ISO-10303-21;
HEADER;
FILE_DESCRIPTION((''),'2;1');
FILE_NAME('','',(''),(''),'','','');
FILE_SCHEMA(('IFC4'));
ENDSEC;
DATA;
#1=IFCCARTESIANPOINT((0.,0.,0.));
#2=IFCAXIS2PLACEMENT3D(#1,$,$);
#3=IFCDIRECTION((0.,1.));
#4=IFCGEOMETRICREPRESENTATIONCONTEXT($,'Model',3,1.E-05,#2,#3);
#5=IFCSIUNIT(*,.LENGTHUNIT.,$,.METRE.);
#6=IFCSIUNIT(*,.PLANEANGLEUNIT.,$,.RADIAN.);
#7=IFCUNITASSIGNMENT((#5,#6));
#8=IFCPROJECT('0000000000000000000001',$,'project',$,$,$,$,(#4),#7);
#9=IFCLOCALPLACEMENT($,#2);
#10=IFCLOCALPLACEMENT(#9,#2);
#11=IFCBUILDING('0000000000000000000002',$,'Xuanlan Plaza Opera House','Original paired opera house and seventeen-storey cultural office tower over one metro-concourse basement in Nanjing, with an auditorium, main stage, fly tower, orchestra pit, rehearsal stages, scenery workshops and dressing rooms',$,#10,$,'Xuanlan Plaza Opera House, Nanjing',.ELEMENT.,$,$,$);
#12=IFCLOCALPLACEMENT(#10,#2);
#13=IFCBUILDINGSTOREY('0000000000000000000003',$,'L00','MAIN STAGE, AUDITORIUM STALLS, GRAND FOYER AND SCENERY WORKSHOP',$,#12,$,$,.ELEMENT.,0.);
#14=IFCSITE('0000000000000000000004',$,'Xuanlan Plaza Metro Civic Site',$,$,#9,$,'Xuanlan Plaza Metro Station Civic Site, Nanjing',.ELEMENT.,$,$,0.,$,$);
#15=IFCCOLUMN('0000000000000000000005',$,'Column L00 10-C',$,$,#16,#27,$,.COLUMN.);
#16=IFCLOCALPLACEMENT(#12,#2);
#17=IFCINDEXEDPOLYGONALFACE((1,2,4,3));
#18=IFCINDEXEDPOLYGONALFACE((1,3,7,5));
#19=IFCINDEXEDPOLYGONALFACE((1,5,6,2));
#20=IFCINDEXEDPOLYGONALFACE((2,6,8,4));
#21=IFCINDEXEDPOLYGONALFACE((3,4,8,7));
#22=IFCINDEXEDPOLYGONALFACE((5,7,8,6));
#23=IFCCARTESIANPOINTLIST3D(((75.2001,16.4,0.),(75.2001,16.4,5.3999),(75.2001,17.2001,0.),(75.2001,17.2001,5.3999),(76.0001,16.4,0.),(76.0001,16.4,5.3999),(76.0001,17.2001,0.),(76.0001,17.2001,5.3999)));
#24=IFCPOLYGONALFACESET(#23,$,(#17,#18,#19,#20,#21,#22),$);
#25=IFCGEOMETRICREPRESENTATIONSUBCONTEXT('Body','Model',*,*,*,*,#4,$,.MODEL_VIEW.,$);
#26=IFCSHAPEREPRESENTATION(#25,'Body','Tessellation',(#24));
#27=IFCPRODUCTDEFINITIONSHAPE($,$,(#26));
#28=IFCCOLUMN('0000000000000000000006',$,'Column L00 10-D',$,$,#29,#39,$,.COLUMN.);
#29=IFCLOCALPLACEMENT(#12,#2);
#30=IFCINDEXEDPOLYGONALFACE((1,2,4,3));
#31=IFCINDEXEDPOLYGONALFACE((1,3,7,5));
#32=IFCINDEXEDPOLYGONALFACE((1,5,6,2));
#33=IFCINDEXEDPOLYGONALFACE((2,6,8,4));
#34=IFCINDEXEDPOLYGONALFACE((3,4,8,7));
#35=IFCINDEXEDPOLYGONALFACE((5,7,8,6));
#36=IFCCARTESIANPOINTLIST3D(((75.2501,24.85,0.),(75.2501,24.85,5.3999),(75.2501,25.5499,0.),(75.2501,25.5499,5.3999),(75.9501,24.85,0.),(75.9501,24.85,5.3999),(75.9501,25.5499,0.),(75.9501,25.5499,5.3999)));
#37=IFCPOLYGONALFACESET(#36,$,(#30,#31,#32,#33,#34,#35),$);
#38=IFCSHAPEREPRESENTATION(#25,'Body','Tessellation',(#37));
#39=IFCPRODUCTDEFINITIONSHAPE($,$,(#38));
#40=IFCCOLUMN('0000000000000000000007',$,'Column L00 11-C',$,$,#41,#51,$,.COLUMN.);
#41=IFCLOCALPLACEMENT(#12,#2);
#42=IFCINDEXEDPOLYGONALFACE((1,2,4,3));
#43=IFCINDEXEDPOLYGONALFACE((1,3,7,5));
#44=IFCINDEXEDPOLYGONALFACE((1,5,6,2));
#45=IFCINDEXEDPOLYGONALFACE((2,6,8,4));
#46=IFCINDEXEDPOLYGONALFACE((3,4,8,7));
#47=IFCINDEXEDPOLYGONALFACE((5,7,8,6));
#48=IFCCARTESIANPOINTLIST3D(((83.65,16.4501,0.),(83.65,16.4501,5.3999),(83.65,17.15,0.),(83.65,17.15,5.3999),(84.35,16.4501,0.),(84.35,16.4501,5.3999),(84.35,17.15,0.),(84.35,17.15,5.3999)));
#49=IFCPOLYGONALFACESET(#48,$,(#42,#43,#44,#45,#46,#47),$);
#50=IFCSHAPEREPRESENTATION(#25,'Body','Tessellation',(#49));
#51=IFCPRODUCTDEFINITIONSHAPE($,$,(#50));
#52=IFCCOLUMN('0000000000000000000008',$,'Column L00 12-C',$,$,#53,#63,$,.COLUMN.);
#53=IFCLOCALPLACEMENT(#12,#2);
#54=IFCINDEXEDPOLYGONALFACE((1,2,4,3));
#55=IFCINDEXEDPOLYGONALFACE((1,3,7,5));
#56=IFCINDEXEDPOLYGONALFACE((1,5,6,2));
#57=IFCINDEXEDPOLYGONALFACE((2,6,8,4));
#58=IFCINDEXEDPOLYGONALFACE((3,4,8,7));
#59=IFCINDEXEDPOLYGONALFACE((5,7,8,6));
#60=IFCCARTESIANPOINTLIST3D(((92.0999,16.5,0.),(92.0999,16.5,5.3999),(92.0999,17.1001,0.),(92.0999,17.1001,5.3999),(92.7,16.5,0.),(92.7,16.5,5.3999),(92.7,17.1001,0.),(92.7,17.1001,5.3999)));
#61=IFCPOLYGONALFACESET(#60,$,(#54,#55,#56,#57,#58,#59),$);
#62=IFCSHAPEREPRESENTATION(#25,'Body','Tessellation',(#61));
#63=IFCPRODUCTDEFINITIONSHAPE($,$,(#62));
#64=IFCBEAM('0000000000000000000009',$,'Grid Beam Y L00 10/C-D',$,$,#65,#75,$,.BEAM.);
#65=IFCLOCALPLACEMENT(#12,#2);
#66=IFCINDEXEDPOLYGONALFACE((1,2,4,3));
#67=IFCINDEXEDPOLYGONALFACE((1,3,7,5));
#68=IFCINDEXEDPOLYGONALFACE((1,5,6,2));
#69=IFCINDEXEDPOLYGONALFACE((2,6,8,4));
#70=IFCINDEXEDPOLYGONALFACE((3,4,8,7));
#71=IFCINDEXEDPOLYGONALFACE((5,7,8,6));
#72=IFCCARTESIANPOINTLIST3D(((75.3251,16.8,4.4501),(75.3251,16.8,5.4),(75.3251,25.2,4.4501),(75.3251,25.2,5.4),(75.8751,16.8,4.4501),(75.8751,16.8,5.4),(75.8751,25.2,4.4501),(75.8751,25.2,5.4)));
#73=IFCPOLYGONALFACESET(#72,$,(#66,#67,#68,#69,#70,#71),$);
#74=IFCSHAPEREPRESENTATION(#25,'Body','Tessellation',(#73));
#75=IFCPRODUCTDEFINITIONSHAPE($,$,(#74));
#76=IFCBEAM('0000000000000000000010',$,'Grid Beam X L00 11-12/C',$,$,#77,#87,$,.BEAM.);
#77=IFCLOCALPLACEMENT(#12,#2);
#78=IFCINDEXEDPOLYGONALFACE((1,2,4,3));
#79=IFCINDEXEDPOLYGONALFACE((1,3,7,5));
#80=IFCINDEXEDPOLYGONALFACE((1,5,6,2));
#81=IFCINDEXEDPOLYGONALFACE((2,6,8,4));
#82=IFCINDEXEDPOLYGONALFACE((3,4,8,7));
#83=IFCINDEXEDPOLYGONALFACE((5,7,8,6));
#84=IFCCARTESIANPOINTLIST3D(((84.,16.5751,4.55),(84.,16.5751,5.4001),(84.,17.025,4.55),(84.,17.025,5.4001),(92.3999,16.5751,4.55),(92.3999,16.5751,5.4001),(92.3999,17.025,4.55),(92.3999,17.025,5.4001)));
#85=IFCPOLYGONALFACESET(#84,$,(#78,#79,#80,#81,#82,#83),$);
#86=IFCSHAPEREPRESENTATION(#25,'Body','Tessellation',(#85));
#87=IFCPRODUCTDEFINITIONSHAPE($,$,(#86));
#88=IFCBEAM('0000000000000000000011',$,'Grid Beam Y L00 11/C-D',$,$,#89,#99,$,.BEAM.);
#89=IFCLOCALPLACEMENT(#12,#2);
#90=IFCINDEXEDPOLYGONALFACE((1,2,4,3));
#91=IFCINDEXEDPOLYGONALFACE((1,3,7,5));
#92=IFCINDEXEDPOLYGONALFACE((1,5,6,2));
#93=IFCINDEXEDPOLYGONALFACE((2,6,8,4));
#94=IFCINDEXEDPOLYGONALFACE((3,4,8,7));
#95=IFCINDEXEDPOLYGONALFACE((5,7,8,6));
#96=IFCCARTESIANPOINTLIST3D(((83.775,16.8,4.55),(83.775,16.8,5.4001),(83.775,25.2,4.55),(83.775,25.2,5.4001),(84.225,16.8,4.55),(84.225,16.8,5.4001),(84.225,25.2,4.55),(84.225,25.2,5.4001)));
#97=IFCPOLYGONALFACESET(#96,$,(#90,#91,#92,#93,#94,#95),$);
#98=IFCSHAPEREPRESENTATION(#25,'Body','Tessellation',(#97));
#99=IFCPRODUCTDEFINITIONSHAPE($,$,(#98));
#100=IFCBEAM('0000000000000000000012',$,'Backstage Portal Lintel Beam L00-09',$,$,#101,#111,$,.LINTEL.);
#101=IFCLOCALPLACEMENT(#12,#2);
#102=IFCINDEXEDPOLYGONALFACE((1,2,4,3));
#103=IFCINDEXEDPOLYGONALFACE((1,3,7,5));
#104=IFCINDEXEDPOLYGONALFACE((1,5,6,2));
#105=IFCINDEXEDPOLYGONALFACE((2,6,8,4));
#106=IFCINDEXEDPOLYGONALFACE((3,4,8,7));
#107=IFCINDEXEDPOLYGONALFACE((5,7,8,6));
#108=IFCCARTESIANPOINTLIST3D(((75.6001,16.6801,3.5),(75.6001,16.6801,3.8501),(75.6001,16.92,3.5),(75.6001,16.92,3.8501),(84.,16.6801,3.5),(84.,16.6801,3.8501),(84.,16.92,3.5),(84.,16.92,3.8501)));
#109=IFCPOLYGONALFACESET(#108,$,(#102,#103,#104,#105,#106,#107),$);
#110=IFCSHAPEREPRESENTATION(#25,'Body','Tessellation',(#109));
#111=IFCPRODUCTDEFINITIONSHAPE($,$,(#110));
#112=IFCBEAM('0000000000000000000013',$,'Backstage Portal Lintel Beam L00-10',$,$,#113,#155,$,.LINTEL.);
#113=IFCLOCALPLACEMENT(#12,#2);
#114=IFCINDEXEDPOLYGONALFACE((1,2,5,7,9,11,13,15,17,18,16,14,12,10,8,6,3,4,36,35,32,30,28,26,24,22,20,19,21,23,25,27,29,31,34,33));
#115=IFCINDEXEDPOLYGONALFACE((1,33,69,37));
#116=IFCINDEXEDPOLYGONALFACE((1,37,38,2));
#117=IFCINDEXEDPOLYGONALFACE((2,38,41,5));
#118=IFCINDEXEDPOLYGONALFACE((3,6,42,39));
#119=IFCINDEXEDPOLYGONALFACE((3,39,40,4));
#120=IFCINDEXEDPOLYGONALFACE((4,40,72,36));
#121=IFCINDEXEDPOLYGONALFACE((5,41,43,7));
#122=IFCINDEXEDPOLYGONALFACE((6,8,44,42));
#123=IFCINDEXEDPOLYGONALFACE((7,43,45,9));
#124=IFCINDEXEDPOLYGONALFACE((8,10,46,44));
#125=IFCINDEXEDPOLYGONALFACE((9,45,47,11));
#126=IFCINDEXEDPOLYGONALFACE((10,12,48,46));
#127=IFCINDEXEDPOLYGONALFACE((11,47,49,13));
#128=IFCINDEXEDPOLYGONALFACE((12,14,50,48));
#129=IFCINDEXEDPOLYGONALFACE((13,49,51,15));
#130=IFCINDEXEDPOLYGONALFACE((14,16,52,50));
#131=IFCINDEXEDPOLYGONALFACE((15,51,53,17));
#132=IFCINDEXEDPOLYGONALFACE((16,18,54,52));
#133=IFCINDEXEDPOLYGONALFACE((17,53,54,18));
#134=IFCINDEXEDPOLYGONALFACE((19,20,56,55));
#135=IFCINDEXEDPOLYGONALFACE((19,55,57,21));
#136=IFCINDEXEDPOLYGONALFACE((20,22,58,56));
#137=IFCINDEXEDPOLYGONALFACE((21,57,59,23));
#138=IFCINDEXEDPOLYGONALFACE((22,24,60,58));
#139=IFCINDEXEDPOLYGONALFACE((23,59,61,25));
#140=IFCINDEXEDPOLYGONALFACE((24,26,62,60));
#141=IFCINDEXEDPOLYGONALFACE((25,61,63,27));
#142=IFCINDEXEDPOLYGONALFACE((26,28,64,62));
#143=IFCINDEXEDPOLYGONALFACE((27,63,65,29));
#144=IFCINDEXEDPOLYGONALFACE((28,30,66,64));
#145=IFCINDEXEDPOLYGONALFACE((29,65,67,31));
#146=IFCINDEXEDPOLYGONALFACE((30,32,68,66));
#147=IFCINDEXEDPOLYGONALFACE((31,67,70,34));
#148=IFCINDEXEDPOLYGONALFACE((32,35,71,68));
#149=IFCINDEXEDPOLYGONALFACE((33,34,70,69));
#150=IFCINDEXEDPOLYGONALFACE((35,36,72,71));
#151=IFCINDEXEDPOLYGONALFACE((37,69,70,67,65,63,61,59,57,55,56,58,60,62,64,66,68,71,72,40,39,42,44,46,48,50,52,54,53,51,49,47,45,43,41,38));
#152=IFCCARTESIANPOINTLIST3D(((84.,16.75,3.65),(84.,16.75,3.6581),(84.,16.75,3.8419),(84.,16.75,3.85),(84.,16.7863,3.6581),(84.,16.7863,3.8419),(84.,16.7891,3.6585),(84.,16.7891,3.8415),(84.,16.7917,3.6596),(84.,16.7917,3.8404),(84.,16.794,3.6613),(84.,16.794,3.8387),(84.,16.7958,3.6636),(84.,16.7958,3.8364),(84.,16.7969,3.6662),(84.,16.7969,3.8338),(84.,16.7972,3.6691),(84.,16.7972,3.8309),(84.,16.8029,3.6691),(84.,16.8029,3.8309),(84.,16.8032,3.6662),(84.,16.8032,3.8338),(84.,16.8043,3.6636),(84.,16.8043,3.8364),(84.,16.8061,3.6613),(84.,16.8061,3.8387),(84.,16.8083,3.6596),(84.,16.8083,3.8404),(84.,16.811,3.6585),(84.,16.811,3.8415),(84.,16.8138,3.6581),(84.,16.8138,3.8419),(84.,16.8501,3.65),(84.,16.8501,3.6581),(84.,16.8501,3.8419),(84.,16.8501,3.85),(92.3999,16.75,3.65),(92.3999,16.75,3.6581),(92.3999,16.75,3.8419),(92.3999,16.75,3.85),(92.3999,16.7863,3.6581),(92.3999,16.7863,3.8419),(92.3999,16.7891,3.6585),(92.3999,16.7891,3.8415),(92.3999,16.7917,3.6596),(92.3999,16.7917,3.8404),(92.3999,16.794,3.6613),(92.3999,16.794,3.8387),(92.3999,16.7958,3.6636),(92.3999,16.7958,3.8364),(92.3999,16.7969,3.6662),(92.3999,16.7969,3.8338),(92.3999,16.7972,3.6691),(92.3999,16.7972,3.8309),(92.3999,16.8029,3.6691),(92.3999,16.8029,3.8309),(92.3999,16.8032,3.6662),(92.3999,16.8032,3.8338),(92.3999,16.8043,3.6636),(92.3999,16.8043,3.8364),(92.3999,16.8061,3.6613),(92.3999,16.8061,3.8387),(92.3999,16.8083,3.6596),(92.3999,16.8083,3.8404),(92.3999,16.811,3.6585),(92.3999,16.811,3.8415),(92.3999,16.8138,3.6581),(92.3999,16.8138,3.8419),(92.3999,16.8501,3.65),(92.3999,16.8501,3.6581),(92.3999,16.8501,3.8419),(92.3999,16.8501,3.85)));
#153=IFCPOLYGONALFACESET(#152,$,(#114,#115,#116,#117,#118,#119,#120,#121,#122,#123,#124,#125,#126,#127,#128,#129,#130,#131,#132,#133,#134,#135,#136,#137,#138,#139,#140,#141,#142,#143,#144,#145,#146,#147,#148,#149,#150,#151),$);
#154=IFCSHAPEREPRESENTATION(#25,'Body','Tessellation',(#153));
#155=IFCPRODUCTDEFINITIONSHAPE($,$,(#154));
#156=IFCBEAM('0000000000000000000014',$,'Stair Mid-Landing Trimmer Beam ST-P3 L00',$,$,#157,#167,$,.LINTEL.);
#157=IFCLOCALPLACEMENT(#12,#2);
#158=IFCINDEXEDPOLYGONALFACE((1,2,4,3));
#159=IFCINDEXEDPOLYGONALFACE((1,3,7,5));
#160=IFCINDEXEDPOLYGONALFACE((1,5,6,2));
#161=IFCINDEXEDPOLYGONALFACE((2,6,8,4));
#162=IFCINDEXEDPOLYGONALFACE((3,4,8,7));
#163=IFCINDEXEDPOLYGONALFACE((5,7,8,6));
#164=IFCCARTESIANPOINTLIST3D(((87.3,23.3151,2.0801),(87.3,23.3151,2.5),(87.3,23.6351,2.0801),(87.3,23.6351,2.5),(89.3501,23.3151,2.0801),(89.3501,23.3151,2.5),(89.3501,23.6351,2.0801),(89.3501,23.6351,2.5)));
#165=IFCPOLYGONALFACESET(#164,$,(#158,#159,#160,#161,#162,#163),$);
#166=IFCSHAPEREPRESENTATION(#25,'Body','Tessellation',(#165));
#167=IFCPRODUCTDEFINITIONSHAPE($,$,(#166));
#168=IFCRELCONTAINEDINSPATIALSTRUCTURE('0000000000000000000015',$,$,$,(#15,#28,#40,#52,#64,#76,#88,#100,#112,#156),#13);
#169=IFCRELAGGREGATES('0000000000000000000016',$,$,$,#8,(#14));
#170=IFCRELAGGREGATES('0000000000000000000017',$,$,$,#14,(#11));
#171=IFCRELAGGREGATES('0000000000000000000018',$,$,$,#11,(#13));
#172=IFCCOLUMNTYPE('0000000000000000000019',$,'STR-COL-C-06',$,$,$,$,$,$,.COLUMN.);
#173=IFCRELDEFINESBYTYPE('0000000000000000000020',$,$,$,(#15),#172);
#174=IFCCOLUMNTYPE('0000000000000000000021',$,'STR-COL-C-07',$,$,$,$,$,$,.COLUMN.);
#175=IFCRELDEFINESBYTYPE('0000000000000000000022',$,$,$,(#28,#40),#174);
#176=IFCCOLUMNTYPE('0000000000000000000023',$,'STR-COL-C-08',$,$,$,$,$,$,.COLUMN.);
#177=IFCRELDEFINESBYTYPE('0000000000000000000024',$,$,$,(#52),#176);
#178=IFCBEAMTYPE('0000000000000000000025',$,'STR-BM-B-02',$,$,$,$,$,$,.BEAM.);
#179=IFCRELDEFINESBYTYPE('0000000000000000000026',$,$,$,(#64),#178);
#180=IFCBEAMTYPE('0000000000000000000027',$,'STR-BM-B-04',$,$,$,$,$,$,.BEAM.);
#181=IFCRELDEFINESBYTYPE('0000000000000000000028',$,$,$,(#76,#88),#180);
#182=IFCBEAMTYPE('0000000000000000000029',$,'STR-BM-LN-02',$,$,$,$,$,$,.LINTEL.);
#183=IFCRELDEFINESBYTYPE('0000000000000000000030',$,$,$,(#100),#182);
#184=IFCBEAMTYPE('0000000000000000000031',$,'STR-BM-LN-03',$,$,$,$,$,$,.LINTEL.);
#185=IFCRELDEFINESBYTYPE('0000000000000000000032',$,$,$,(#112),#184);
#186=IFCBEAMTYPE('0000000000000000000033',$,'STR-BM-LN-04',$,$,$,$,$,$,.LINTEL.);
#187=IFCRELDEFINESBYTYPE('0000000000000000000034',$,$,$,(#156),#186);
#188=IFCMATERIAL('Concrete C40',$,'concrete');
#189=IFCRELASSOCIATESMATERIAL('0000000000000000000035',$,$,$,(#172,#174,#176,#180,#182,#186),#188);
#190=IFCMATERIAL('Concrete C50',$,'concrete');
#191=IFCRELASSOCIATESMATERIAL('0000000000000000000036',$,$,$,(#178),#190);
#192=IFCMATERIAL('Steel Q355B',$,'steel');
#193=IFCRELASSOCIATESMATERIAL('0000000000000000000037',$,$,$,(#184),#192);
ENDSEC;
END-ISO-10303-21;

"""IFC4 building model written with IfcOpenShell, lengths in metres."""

from ifc_helpers import new_model, si_unit, direction, frame, origin, origin_2d, place, context, subcontext, project, spatial, rectangle, i_section, extrude, material, material_profile, profile_set, type_object, element, save


model = new_model("IFC4")

# Units and contexts
model_context = context("Model", 3, precision=1e-05, world=origin(), true_north=direction((0.0, 1.0)))
body_context = subcontext(model_context, "Body", "Model", "MODEL_VIEW")
ifc_project = project(units=[si_unit("LENGTHUNIT", "METRE"), si_unit("PLANEANGLEUNIT", "RADIAN")], contexts=[model_context])

# Site, building, storey
site_placement = place(None, origin())
site = spatial("IfcSite", under=ifc_project, at=site_placement, Name="Xuanlan Plaza Metro Civic Site", LongName="Xuanlan Plaza Metro Station Civic Site, Nanjing", CompositionType="ELEMENT", RefElevation=0.0)
building_placement = place(site_placement, origin())
building = spatial("IfcBuilding", under=site, at=building_placement, Name="Xuanlan Plaza Opera House", Description="Original paired opera house and seventeen-storey cultural office tower over one metro-concourse basement in Nanjing, with an auditorium, main stage, fly tower, orchestra pit, rehearsal stages, scenery workshops and dressing rooms", LongName="Xuanlan Plaza Opera House, Nanjing", CompositionType="ELEMENT")
storey_placement = place(building_placement, origin())
storey = spatial("IfcBuildingStorey", under=building, at=storey_placement, Name="L00", Description="MAIN STAGE, AUDITORIUM STALLS, GRAND FOYER AND SCENERY WORKSHOP", CompositionType="ELEMENT", Elevation=0.0)

# Columns
ifc_material_1 = material(Name="Concrete C40", Category="concrete")
ifc_material_profile_1 = material_profile(ifc_material_1, rectangle(XDim=0.8, YDim=0.8, at=origin_2d()), Name="RC-COL 800x800")
ifc_profile_set_1 = profile_set([ifc_material_profile_1], Name="Concrete C40")
column_type_1 = type_object("IfcColumnType", Name="STR-COL-C-06", PredefinedType="COLUMN", material=ifc_profile_set_1)
column_1_placement = place(storey_placement, frame((75.6001, 16.8, 0.0), z_axis=(0.0, 0.0, 1.0), x_axis=(1.0, 0.0, 0.0)))
element("IfcColumn", 1, at=column_1_placement, inside=storey, type_object=column_type_1, Name="Column L00 10-C", PredefinedType="COLUMN", context=body_context, shape_type="SweptSolid", body=[
    extrude(rectangle(XDim=0.8, YDim=0.8, at=origin_2d()), origin(), (0.0, 0.0, 1.0), 5.3999),
])
ifc_material_profile_2 = material_profile(ifc_material_1, rectangle(XDim=0.7, YDim=0.7, at=origin_2d()), Name="RC-COL 700x700")
ifc_profile_set_2 = profile_set([ifc_material_profile_2], Name="Concrete C40")
column_type_2 = type_object("IfcColumnType", Name="STR-COL-C-07", PredefinedType="COLUMN", material=ifc_profile_set_2)
for number, where, z_axis, x_axis, name in (
    (2, (75.6001, 25.2, 0.0), (0.0, 0.0, 1.0), (1.0, 0.0, 0.0), "Column L00 10-D"),
    (3, (84.0, 16.8, 0.0), (0.0, 0.0, 1.0), (1.0, 0.0, 0.0), "Column L00 11-C"),
):
    element("IfcColumn", number, at=place(storey_placement, frame(where, z_axis=z_axis, x_axis=x_axis)), inside=storey, type_object=column_type_2, Name=name, PredefinedType="COLUMN", context=body_context, shape_type="SweptSolid", body=[
        extrude(rectangle(XDim=0.7, YDim=0.7, at=origin_2d()), origin(), (0.0, 0.0, 1.0), 5.3999),
    ])
ifc_material_profile_3 = material_profile(ifc_material_1, rectangle(XDim=0.6001, YDim=0.6001, at=origin_2d()), Name="RC-COL 600x600")
ifc_profile_set_3 = profile_set([ifc_material_profile_3], Name="Concrete C40")
column_type_3 = type_object("IfcColumnType", Name="STR-COL-C-08", PredefinedType="COLUMN", material=ifc_profile_set_3)
column_2_placement = place(storey_placement, frame((92.3999, 16.8, 0.0), z_axis=(0.0, 0.0, 1.0), x_axis=(1.0, 0.0, 0.0)))
element("IfcColumn", 4, at=column_2_placement, inside=storey, type_object=column_type_3, Name="Column L00 12-C", PredefinedType="COLUMN", context=body_context, shape_type="SweptSolid", body=[
    extrude(rectangle(XDim=0.6001, YDim=0.6001, at=origin_2d()), origin(), (0.0, 0.0, 1.0), 5.3999),
])

# Beams
ifc_material_2 = material(Name="Concrete C50", Category="concrete")
ifc_material_profile_4 = material_profile(ifc_material_2, rectangle(XDim=0.55, YDim=0.95, at=origin_2d()), Name="RC-BM 550x950")
ifc_profile_set_4 = profile_set([ifc_material_profile_4], Name="Concrete C50")
beam_type_1 = type_object("IfcBeamType", Name="STR-BM-B-02", PredefinedType="BEAM", material=ifc_profile_set_4)
beam_1_placement = place(storey_placement, frame((75.6001, 16.8, 4.925), z_axis=(0.0, 1.0, 0.0), x_axis=(-1.0, 0.0, 0.0)))
element("IfcBeam", 5, at=beam_1_placement, inside=storey, type_object=beam_type_1, Name="Grid Beam Y L00 10/C-D", PredefinedType="BEAM", context=body_context, shape_type="SweptSolid", body=[
    extrude(rectangle(XDim=0.55, YDim=0.95, at=origin_2d()), origin(), (0.0, 0.0, 1.0), 8.3999),
])
ifc_material_profile_5 = material_profile(ifc_material_1, rectangle(XDim=0.45, YDim=0.8501, at=origin_2d()), Name="RC-BM 450x850")
ifc_profile_set_5 = profile_set([ifc_material_profile_5], Name="Concrete C40")
beam_type_2 = type_object("IfcBeamType", Name="STR-BM-B-04", PredefinedType="BEAM", material=ifc_profile_set_5)
for number, where, z_axis, x_axis, name in (
    (6, (84.0, 16.8, 4.9751), (1.0, 0.0, 0.0), (0.0, 1.0, 0.0), "Grid Beam X L00 11-12/C"),
    (7, (84.0, 16.8, 4.9751), (0.0, 1.0, 0.0), (-1.0, 0.0, 0.0), "Grid Beam Y L00 11/C-D"),
):
    element("IfcBeam", number, at=place(storey_placement, frame(where, z_axis=z_axis, x_axis=x_axis)), inside=storey, type_object=beam_type_2, Name=name, PredefinedType="BEAM", context=body_context, shape_type="SweptSolid", body=[
        extrude(rectangle(XDim=0.45, YDim=0.8501, at=origin_2d()), origin(), (0.0, 0.0, 1.0), 8.3999),
    ])
ifc_material_profile_6 = material_profile(ifc_material_1, rectangle(XDim=0.24, YDim=0.3501, at=origin_2d()), Name="RC-LNT 240x350")
ifc_profile_set_6 = profile_set([ifc_material_profile_6], Name="Concrete C40")
beam_type_3 = type_object("IfcBeamType", Name="STR-BM-LN-02", PredefinedType="LINTEL", material=ifc_profile_set_6)
beam_2_placement = place(storey_placement, frame((75.6001, 16.8, 3.675), z_axis=(1.0, 0.0, 0.0), x_axis=(0.0, 1.0, 0.0)))
element("IfcBeam", 8, at=beam_2_placement, inside=storey, type_object=beam_type_3, Name="Backstage Portal Lintel Beam L00-09", PredefinedType="LINTEL", context=body_context, shape_type="SweptSolid", body=[
    extrude(rectangle(XDim=0.24, YDim=0.3501, at=origin_2d()), origin(), (0.0, 0.0, 1.0), 8.3999),
])
ifc_material_3 = material(Name="Steel Q355B", Category="steel")
ifc_material_profile_7 = material_profile(ifc_material_3, i_section(OverallWidth=0.1001, OverallDepth=0.2, WebThickness=0.0056, FlangeThickness=0.0081, FilletRadius=0.011, at=origin_2d()), Name="HN 200x100x5.5x8")
ifc_profile_set_7 = profile_set([ifc_material_profile_7], Name="Steel Q355B")
beam_type_4 = type_object("IfcBeamType", Name="STR-BM-LN-03", PredefinedType="LINTEL", material=ifc_profile_set_7)
beam_3_placement = place(storey_placement, frame((84.0, 16.8, 3.75), z_axis=(1.0, 0.0, 0.0), x_axis=(0.0, 1.0, 0.0)))
element("IfcBeam", 9, at=beam_3_placement, inside=storey, type_object=beam_type_4, Name="Backstage Portal Lintel Beam L00-10", PredefinedType="LINTEL", context=body_context, shape_type="SweptSolid", body=[
    extrude(i_section(OverallWidth=0.1001, OverallDepth=0.2, WebThickness=0.0056, FlangeThickness=0.0081, FilletRadius=0.011, at=origin_2d()), origin(), (0.0, 0.0, 1.0), 8.3999),
])
ifc_material_profile_8 = material_profile(ifc_material_1, rectangle(XDim=0.3201, YDim=0.4199, at=origin_2d()), Name="RC-LNT 320x420")
ifc_profile_set_8 = profile_set([ifc_material_profile_8], Name="Concrete C40")
beam_type_5 = type_object("IfcBeamType", Name="STR-BM-LN-04", PredefinedType="LINTEL", material=ifc_profile_set_8)
beam_4_placement = place(storey_placement, frame((87.3, 23.4751, 2.29), z_axis=(1.0, 0.0, 0.0), x_axis=(0.0, 1.0, 0.0)))
element("IfcBeam", 10, at=beam_4_placement, inside=storey, type_object=beam_type_5, Name="Stair Mid-Landing Trimmer Beam ST-P3 L00", PredefinedType="LINTEL", context=body_context, shape_type="SweptSolid", body=[
    extrude(rectangle(XDim=0.3201, YDim=0.4199, at=origin_2d()), origin(), (0.0, 0.0, 1.0), 2.05),
])

save(model, "model.ifc")
